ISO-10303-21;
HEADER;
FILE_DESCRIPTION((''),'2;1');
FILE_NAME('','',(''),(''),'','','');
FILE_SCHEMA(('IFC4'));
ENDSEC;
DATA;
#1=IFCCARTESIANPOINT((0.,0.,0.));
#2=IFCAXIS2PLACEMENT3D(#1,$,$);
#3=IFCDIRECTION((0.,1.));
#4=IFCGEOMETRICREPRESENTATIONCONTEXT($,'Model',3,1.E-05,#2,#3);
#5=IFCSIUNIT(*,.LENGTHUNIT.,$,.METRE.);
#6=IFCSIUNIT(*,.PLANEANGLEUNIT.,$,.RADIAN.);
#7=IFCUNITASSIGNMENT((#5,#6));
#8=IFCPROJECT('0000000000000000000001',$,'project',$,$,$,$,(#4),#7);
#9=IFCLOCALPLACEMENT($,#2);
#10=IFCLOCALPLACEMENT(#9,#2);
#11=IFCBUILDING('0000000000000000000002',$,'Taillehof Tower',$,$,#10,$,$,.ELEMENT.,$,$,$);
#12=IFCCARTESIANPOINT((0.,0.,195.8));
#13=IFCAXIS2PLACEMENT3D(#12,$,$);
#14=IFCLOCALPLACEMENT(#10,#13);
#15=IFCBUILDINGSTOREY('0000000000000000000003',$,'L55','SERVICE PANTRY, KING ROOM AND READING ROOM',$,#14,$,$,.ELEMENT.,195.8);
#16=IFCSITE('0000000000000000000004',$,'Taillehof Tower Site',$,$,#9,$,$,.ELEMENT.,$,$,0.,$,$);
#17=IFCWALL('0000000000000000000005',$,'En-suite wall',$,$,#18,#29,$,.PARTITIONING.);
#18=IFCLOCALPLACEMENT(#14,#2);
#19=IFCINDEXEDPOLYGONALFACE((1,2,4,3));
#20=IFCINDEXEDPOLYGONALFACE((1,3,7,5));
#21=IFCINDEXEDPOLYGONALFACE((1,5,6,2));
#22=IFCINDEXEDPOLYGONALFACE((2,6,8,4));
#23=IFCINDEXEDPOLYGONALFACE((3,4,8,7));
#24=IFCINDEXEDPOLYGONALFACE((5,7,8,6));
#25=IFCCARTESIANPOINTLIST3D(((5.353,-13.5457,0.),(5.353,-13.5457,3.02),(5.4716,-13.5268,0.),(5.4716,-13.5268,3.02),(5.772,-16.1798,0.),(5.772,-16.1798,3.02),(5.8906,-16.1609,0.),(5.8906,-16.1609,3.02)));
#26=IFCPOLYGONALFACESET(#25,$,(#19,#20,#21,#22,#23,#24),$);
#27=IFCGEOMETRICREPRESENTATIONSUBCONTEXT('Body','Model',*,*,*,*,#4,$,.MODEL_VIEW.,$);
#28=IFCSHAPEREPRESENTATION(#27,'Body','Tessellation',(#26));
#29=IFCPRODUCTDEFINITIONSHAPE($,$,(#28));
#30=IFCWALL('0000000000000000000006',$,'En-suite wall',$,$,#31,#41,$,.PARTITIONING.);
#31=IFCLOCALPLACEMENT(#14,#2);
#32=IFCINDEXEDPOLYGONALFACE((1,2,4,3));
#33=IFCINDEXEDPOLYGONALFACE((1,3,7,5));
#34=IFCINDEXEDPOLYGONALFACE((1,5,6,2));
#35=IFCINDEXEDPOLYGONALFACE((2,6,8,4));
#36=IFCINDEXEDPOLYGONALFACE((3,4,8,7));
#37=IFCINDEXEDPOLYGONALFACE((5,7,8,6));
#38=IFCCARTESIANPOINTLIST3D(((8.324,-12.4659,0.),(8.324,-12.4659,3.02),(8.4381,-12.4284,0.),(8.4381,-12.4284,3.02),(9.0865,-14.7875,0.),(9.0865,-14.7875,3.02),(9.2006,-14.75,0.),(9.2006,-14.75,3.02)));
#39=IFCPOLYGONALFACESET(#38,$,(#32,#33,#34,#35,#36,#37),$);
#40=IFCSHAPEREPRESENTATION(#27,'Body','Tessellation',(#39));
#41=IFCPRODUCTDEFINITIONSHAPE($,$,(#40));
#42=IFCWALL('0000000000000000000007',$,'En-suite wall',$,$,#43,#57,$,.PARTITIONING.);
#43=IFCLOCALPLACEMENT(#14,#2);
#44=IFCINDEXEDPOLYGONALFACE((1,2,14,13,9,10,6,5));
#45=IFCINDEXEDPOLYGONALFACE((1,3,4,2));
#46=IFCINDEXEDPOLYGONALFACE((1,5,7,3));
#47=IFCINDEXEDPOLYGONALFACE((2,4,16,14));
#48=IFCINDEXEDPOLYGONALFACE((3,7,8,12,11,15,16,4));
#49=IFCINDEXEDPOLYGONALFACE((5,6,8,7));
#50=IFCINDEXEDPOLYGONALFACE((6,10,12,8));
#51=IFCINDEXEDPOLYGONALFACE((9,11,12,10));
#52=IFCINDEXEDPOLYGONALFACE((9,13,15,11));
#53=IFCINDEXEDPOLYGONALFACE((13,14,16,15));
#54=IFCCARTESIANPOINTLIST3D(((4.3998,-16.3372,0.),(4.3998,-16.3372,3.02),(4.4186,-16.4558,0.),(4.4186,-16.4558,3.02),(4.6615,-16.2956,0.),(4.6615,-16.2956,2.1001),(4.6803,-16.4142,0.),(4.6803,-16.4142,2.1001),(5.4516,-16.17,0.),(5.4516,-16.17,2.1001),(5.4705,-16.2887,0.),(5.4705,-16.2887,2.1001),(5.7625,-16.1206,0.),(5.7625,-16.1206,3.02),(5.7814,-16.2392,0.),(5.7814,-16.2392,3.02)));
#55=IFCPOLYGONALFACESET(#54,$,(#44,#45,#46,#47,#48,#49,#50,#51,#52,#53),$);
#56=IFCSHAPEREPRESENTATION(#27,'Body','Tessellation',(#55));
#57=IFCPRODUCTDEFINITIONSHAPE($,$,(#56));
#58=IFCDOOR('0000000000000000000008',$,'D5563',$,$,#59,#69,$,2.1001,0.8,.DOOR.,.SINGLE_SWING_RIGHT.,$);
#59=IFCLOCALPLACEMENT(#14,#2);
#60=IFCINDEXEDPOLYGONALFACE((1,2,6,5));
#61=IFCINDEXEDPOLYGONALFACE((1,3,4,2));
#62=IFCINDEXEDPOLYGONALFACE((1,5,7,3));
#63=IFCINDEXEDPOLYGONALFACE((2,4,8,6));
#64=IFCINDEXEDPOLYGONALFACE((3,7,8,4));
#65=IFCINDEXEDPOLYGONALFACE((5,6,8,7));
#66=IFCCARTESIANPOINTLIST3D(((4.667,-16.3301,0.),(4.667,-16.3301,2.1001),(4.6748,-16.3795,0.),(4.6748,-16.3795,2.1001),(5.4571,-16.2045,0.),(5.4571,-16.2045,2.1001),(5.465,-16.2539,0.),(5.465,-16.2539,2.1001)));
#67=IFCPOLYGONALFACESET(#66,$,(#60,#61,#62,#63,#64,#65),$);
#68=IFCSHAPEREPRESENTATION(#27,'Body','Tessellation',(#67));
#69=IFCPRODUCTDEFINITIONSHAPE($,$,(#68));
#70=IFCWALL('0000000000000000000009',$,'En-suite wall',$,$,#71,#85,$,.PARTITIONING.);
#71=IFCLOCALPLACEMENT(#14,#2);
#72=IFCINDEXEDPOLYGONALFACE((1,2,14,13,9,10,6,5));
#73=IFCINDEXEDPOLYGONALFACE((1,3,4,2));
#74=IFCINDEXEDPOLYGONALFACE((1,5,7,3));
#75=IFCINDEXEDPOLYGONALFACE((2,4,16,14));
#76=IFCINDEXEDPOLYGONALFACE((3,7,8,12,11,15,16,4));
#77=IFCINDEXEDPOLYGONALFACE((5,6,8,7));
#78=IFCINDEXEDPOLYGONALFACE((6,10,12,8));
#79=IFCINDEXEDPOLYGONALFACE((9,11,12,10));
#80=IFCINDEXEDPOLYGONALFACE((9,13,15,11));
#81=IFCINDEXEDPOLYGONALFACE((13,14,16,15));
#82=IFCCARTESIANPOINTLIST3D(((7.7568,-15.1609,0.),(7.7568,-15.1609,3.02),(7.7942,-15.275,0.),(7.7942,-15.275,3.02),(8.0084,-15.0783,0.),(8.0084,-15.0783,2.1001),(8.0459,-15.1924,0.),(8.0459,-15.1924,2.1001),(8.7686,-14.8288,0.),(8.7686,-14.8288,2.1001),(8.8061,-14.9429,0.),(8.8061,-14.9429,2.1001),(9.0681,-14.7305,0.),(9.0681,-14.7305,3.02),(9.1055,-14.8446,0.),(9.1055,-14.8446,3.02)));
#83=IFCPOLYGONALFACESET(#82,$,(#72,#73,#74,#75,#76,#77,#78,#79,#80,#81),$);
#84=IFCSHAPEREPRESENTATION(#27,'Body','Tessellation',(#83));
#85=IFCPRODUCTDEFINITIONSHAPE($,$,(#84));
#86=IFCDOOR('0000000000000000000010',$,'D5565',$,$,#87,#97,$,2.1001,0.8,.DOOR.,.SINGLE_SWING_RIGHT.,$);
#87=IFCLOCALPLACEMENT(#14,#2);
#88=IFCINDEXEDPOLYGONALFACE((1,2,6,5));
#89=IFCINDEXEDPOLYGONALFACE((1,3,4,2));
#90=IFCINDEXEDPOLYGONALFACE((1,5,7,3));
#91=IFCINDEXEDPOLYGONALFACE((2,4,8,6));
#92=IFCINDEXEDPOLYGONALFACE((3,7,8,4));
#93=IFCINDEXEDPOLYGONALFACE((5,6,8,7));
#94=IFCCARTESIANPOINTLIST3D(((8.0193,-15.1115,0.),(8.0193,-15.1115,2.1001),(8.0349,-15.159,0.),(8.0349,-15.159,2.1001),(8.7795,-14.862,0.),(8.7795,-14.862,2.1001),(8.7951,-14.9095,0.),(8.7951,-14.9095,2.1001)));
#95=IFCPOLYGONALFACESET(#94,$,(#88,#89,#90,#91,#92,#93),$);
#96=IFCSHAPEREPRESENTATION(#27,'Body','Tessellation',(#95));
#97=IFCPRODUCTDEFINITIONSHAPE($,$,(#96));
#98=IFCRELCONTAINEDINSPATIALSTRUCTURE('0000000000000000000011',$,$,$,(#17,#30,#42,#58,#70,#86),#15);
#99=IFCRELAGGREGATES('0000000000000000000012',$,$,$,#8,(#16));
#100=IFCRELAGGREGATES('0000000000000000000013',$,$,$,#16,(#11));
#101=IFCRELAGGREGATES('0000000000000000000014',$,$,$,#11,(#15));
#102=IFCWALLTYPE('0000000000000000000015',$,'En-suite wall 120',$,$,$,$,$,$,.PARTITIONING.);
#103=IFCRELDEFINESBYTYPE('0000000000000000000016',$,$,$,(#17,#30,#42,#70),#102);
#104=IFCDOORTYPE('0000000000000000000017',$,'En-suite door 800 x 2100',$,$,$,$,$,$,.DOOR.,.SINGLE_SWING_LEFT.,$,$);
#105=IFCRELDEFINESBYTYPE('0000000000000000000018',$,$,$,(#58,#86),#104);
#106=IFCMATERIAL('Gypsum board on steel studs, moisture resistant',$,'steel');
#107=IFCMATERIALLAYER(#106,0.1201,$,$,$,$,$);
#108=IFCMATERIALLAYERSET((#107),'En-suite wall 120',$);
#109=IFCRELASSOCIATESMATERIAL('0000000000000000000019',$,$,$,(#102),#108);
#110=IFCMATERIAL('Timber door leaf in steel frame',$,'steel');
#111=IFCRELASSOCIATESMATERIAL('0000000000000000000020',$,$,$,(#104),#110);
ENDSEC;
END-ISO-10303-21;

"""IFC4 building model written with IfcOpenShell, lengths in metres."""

from ifc_helpers import new_model, si_unit, direction, frame, frame_2d, origin, place, context, subcontext, project, spatial, rectangle, extrude, material, layer, layer_set, type_object, element, fill, save


model = new_model("IFC4")

# Units and contexts
model_context = context("Model", 3, precision=1e-05, world=origin(), true_north=direction((0.0, 1.0)))
body_context = subcontext(model_context, "Body", "Model", "MODEL_VIEW")
ifc_project = project(units=[si_unit("LENGTHUNIT", "METRE"), si_unit("PLANEANGLEUNIT", "RADIAN")], contexts=[model_context])

# Site, building, storey
site_placement = place(None, origin())
site = spatial("IfcSite", under=ifc_project, at=site_placement, Name="Taillehof Tower Site", CompositionType="ELEMENT", RefElevation=0.0)
building_placement = place(site_placement, origin())
building = spatial("IfcBuilding", under=site, at=building_placement, Name="Taillehof Tower", CompositionType="ELEMENT")
storey_placement = place(building_placement, frame((0.0, 0.0, 195.8)))
storey = spatial("IfcBuildingStorey", under=building, at=storey_placement, Name="L55", Description="SERVICE PANTRY, KING ROOM AND READING ROOM", CompositionType="ELEMENT", Elevation=195.8)

# Walls
ifc_material_1 = material(Name="Gypsum board on steel studs, moisture resistant", Category="steel")
ifc_layer_1 = layer(ifc_material_1, 0.1201)
ifc_layer_set_1 = layer_set([ifc_layer_1], Name="En-suite wall 120")
wall_type_1 = type_object("IfcWallType", Name="En-suite wall 120", PredefinedType="PARTITIONING", material=ifc_layer_set_1)
wall_1_placement = place(storey_placement, frame((5.4124, -13.5364, 0.0), z_axis=(0.0, 0.0, 1.0), x_axis=(0.157076, -0.987586, 0.0)))
element("IfcWall", 1, at=wall_1_placement, inside=storey, type_object=wall_type_1, Name="En-suite wall", PredefinedType="PARTITIONING", context=body_context, shape_type="SweptSolid", body=[
    extrude(rectangle(XDim=2.6672, YDim=0.1201, at=frame_2d((1.3335, 0.0))), origin(), (0.0, 0.0, 1.0), 3.02),
])
wall_2_placement = place(storey_placement, frame((8.3811, -12.4473, 0.0), z_axis=(0.0, 0.0, 1.0), x_axis=(0.312028, -0.950073, 0.0)))
element("IfcWall", 2, at=wall_2_placement, inside=storey, type_object=wall_type_1, Name="En-suite wall", PredefinedType="PARTITIONING", context=body_context, shape_type="SweptSolid", body=[
    extrude(rectangle(XDim=2.4436, YDim=0.1201, at=frame_2d((1.2217, 0.0))), origin(), (0.0, 0.0, 1.0), 3.02),
])

# Walls, openings, doors
wall_3_placement = place(storey_placement, frame((5.772, -16.1799, 0.0), z_axis=(0.0, 0.0, 1.0), x_axis=(-0.987609, -0.156935, 0.0)))
wall_3 = element("IfcWall", 3, at=wall_3_placement, inside=storey, type_object=wall_type_1, Name="En-suite wall", PredefinedType="PARTITIONING", context=body_context, shape_type="SweptSolid", body=[
    extrude(rectangle(XDim=1.3799, YDim=0.1201, at=frame_2d((0.6899, 0.0))), origin(), (0.0, 0.0, 1.0), 3.02),
])
opening_1_placement = place(wall_3_placement, frame((0.3149, 0.0, 0.0)))
opening_1 = element("IfcOpeningElement", 4, at=opening_1_placement, cuts=wall_3, PredefinedType="OPENING", context=body_context, shape_type="SweptSolid", body=[
    extrude(rectangle(XDim=0.8, YDim=2.1001, at=frame_2d((0.3999, 1.05))), frame((0.0, 0.0701, 0.0), z_axis=(0.0, -1.0, 0.0), x_axis=(1.0, 0.0, 0.0)), (0.0, 0.0, 1.0), 0.1401),
])
ifc_material_2 = material(Name="Timber door leaf in steel frame", Category="steel")
door_type_1 = type_object("IfcDoorType", Name="En-suite door 800 x 2100", OperationType="SINGLE_SWING_LEFT", PredefinedType="DOOR", material=ifc_material_2)
door_1_placement = place(opening_1_placement, origin())
door_1 = element("IfcDoor", 5, at=door_1_placement, inside=storey, type_object=door_type_1, Name="D5563", OperationType="SINGLE_SWING_RIGHT", OverallHeight=2.1001, OverallWidth=0.8, PredefinedType="DOOR", context=body_context, shape_type="SweptSolid", body=[
    extrude(rectangle(XDim=0.8, YDim=2.1001, at=frame_2d((0.3999, 1.05))), frame((0.0, 0.0249, 0.0), z_axis=(0.0, -1.0, 0.0), x_axis=(1.0, 0.0, 0.0)), (0.0, 0.0, 1.0), 0.05),
])
fill(opening_1, door_1)
wall_4_placement = place(storey_placement, frame((9.0867, -14.7876, 0.0), z_axis=(0.0, 0.0, 1.0), x_axis=(-0.950124, -0.311873, 0.0)))
wall_4 = element("IfcWall", 6, at=wall_4_placement, inside=storey, type_object=wall_type_1, Name="En-suite wall", PredefinedType="PARTITIONING", context=body_context, shape_type="SweptSolid", body=[
    extrude(rectangle(XDim=1.3801, YDim=0.1201, at=frame_2d((0.6899, 0.0))), origin(), (0.0, 0.0, 1.0), 3.02),
])
opening_2_placement = place(wall_4_placement, frame((0.3152, 0.0, 0.0)))
opening_2 = element("IfcOpeningElement", 7, at=opening_2_placement, cuts=wall_4, PredefinedType="OPENING", context=body_context, shape_type="SweptSolid", body=[
    extrude(rectangle(XDim=0.8, YDim=2.1001, at=frame_2d((0.3999, 1.05))), frame((0.0, 0.0701, 0.0), z_axis=(0.0, -1.0, 0.0), x_axis=(1.0, 0.0, 0.0)), (0.0, 0.0, 1.0), 0.1401),
])
door_2_placement = place(opening_2_placement, origin())
door_2 = element("IfcDoor", 8, at=door_2_placement, inside=storey, type_object=door_type_1, Name="D5565", OperationType="SINGLE_SWING_RIGHT", OverallHeight=2.1001, OverallWidth=0.8, PredefinedType="DOOR", context=body_context, shape_type="SweptSolid", body=[
    extrude(rectangle(XDim=0.8, YDim=2.1001, at=frame_2d((0.3999, 1.05))), frame((0.0, 0.0249, 0.0), z_axis=(0.0, -1.0, 0.0), x_axis=(1.0, 0.0, 0.0)), (0.0, 0.0, 1.0), 0.05),
])
fill(opening_2, door_2)

save(model, "model.ifc")
